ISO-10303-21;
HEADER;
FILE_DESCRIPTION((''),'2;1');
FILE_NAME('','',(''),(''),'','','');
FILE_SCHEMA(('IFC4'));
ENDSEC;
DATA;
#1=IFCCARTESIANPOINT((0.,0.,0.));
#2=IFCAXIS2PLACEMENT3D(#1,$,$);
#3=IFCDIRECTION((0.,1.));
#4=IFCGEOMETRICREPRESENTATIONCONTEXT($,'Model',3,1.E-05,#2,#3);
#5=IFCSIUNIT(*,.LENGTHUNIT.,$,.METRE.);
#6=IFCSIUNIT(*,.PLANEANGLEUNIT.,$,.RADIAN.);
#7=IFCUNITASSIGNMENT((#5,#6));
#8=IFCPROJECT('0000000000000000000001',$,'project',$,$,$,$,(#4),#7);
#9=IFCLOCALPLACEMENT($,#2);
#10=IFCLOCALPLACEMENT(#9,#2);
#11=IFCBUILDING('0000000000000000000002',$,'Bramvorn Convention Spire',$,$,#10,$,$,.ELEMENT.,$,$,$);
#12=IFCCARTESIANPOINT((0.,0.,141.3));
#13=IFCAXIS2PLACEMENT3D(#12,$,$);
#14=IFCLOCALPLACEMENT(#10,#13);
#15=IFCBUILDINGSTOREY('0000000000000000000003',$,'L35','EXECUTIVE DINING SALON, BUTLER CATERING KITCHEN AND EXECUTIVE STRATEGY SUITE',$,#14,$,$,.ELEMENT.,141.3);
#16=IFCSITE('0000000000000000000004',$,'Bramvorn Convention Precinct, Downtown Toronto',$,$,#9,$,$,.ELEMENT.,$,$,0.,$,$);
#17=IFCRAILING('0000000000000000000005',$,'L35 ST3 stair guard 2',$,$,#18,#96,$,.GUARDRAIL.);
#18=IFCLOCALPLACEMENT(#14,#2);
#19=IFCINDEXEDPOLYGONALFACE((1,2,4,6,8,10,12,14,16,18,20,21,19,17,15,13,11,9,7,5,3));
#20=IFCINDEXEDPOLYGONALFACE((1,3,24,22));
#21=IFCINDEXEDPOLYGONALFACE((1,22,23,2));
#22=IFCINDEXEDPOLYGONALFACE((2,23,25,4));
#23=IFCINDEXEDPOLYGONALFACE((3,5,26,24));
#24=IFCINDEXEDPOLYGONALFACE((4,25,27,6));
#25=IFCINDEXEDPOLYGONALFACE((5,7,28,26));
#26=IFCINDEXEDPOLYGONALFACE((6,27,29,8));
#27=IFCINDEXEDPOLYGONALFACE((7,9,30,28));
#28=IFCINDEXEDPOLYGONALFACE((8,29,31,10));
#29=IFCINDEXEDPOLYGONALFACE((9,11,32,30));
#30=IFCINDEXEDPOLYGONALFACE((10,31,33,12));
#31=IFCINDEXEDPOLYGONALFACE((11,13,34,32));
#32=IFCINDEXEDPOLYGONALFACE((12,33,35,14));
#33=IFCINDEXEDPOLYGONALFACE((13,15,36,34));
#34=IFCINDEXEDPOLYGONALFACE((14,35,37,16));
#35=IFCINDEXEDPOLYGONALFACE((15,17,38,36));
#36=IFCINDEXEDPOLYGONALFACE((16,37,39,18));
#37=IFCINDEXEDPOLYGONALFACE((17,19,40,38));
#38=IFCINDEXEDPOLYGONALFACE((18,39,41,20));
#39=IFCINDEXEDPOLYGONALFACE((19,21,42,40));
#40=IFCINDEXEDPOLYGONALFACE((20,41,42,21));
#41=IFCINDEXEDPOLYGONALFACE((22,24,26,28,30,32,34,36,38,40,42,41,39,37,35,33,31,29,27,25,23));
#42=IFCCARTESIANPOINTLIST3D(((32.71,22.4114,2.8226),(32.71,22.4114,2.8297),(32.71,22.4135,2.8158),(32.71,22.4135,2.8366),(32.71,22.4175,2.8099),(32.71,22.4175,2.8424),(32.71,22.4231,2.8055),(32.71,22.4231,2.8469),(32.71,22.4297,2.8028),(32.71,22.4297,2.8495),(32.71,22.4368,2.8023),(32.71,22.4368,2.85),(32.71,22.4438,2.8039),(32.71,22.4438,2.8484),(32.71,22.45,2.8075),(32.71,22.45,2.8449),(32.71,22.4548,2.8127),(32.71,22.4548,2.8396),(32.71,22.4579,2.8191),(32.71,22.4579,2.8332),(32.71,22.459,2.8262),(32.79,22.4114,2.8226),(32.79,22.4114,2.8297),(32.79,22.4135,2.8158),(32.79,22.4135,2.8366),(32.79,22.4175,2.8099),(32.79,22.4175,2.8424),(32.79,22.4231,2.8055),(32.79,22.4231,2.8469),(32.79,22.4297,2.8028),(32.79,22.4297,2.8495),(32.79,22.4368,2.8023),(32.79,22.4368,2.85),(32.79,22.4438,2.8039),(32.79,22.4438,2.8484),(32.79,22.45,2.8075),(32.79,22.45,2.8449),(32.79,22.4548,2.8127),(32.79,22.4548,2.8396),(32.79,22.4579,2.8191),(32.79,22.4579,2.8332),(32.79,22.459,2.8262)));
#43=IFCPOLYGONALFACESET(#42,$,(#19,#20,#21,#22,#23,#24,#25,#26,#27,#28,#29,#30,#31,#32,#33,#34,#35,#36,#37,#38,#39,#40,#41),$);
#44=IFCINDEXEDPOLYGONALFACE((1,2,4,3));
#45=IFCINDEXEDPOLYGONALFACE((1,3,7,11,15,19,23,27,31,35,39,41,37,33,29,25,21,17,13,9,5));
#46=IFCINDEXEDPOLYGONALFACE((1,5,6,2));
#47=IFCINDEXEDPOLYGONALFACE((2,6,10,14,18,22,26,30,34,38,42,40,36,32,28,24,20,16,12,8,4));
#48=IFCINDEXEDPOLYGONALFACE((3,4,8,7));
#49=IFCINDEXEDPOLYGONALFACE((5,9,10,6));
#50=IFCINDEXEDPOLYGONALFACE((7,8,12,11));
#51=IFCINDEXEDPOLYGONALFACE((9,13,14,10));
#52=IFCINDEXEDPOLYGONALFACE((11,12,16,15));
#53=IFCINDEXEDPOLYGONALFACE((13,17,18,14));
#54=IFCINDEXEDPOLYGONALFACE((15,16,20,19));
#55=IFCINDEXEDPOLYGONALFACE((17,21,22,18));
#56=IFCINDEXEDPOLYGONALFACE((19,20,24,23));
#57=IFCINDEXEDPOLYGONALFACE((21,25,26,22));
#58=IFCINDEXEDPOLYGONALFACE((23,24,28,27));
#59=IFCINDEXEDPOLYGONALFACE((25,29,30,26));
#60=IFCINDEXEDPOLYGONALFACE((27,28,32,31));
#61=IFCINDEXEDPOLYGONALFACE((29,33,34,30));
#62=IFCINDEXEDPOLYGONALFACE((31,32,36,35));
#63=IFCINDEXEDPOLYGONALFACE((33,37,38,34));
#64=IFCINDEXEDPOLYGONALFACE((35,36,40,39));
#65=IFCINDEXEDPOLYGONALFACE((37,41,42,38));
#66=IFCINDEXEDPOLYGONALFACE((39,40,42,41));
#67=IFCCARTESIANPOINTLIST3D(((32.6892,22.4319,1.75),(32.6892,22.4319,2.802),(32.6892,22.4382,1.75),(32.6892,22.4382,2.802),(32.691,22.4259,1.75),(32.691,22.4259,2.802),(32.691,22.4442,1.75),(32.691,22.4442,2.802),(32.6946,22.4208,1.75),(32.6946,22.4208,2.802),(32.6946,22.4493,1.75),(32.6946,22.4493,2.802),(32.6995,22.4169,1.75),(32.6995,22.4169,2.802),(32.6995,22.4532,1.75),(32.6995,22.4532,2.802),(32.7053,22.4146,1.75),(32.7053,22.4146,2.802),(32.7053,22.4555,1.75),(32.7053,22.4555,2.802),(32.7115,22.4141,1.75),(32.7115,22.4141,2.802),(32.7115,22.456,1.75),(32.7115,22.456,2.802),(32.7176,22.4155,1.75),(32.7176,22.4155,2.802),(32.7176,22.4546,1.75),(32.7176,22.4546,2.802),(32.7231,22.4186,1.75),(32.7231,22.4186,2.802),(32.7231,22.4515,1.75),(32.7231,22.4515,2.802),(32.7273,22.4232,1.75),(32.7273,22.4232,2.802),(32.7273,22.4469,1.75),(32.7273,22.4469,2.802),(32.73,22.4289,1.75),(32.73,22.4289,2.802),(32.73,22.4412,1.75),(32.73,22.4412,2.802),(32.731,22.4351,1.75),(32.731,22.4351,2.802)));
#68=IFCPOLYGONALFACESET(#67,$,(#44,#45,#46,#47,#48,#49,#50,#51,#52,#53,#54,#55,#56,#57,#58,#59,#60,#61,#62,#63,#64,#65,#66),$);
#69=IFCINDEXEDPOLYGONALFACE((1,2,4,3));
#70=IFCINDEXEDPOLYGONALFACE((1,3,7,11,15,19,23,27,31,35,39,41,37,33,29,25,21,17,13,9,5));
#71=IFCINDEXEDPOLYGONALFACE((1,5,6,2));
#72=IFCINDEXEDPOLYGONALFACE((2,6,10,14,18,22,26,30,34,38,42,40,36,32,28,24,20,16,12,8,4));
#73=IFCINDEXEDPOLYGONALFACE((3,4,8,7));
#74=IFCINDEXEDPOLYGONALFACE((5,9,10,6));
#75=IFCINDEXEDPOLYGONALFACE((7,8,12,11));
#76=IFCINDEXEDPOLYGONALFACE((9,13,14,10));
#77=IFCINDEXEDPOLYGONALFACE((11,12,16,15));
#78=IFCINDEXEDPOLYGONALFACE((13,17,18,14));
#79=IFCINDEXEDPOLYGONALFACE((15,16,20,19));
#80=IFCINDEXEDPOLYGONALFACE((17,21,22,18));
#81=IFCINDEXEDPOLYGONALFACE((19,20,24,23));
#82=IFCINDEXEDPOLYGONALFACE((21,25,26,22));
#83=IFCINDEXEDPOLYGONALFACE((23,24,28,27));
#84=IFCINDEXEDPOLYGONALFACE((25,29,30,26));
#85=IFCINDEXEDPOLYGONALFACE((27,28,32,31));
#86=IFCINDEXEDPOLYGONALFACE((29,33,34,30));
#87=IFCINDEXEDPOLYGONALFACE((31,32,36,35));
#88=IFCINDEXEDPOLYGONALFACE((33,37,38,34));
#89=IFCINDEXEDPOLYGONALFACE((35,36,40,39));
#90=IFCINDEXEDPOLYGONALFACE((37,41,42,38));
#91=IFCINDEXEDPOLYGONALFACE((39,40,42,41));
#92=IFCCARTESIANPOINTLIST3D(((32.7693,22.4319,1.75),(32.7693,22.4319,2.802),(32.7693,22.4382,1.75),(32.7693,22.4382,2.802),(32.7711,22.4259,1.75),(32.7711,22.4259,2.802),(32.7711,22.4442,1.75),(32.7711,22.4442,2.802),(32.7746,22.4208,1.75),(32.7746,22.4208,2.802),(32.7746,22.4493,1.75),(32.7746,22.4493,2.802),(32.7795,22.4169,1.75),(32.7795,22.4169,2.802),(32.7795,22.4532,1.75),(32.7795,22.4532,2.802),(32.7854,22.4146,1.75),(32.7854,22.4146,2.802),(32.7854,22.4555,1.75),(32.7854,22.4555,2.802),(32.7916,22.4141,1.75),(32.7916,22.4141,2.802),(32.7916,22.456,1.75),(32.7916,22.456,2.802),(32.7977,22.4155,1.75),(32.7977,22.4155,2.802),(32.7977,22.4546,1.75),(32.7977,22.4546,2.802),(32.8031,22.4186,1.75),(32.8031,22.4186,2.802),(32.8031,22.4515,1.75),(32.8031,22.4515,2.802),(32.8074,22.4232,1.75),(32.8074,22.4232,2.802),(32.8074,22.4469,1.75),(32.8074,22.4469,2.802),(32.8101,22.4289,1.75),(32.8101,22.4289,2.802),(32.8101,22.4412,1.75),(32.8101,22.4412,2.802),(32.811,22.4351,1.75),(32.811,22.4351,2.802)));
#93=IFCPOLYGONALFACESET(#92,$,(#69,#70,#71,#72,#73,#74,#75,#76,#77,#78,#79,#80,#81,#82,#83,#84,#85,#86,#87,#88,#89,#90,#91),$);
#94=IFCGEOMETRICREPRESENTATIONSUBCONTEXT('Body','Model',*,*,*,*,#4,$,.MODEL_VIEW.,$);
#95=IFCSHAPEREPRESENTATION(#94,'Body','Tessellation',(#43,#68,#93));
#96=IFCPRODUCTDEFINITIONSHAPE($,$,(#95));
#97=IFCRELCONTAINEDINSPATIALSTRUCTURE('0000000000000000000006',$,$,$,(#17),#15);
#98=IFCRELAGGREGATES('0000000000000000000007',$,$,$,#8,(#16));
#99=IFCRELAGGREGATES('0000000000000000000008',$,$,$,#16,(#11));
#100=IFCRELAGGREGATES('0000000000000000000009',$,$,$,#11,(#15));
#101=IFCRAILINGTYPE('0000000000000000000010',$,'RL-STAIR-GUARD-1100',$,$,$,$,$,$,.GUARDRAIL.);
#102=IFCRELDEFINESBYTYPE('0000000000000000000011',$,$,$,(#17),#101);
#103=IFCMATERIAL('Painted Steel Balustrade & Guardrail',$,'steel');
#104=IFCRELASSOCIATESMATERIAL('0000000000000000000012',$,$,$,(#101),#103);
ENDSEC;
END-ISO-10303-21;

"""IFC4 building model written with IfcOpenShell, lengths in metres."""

from ifc_helpers import new_model, si_unit, direction, frame, origin, origin_2d, place, context, subcontext, project, spatial, circle, extrude, material, type_object, element, save


model = new_model("IFC4")

# Units and contexts
model_context = context("Model", 3, precision=1e-05, world=origin(), true_north=direction((0.0, 1.0)))
body_context = subcontext(model_context, "Body", "Model", "MODEL_VIEW")
ifc_project = project(units=[si_unit("LENGTHUNIT", "METRE"), si_unit("PLANEANGLEUNIT", "RADIAN")], contexts=[model_context])

# Site, building, storey
site_placement = place(None, origin())
site = spatial("IfcSite", under=ifc_project, at=site_placement, Name="Bramvorn Convention Precinct, Downtown Toronto", CompositionType="ELEMENT", RefElevation=0.0)
building_placement = place(site_placement, origin())
building = spatial("IfcBuilding", under=site, at=building_placement, Name="Bramvorn Convention Spire", CompositionType="ELEMENT")
storey_placement = place(building_placement, frame((0.0, 0.0, 141.3)))
storey = spatial("IfcBuildingStorey", under=building, at=storey_placement, Name="L35", Description="EXECUTIVE DINING SALON, BUTLER CATERING KITCHEN AND EXECUTIVE STRATEGY SUITE", CompositionType="ELEMENT", Elevation=141.3)

# Railing
ifc_material_1 = material(Name="Painted Steel Balustrade & Guardrail", Category="steel")
railing_type_1 = type_object("IfcRailingType", Name="RL-STAIR-GUARD-1100", PredefinedType="GUARDRAIL", material=ifc_material_1)
railing_1_placement = place(storey_placement, frame((32.71, 22.4351, 1.75)))
element("IfcRailing", 1, at=railing_1_placement, inside=storey, type_object=railing_type_1, Name="L35 ST3 stair guard 2", PredefinedType="GUARDRAIL", context=body_context, shape_type="SweptSolid", body=[
    extrude(circle(Radius=0.0239, at=origin_2d()), frame((0.0, 0.0, 1.0762), z_axis=(1.0, 0.0, 0.0), x_axis=(0.0, 1.0, 0.0)), (0.0, 0.0, 1.0), 0.0801),
    extrude(circle(Radius=0.021, at=origin_2d()), origin(), (0.0, 0.0, 1.0), 1.052),
    extrude(circle(Radius=0.021, at=origin_2d()), frame((0.0801, 0.0, 0.0)), (0.0, 0.0, 1.0), 1.052),
])

save(model, "model.ifc")
